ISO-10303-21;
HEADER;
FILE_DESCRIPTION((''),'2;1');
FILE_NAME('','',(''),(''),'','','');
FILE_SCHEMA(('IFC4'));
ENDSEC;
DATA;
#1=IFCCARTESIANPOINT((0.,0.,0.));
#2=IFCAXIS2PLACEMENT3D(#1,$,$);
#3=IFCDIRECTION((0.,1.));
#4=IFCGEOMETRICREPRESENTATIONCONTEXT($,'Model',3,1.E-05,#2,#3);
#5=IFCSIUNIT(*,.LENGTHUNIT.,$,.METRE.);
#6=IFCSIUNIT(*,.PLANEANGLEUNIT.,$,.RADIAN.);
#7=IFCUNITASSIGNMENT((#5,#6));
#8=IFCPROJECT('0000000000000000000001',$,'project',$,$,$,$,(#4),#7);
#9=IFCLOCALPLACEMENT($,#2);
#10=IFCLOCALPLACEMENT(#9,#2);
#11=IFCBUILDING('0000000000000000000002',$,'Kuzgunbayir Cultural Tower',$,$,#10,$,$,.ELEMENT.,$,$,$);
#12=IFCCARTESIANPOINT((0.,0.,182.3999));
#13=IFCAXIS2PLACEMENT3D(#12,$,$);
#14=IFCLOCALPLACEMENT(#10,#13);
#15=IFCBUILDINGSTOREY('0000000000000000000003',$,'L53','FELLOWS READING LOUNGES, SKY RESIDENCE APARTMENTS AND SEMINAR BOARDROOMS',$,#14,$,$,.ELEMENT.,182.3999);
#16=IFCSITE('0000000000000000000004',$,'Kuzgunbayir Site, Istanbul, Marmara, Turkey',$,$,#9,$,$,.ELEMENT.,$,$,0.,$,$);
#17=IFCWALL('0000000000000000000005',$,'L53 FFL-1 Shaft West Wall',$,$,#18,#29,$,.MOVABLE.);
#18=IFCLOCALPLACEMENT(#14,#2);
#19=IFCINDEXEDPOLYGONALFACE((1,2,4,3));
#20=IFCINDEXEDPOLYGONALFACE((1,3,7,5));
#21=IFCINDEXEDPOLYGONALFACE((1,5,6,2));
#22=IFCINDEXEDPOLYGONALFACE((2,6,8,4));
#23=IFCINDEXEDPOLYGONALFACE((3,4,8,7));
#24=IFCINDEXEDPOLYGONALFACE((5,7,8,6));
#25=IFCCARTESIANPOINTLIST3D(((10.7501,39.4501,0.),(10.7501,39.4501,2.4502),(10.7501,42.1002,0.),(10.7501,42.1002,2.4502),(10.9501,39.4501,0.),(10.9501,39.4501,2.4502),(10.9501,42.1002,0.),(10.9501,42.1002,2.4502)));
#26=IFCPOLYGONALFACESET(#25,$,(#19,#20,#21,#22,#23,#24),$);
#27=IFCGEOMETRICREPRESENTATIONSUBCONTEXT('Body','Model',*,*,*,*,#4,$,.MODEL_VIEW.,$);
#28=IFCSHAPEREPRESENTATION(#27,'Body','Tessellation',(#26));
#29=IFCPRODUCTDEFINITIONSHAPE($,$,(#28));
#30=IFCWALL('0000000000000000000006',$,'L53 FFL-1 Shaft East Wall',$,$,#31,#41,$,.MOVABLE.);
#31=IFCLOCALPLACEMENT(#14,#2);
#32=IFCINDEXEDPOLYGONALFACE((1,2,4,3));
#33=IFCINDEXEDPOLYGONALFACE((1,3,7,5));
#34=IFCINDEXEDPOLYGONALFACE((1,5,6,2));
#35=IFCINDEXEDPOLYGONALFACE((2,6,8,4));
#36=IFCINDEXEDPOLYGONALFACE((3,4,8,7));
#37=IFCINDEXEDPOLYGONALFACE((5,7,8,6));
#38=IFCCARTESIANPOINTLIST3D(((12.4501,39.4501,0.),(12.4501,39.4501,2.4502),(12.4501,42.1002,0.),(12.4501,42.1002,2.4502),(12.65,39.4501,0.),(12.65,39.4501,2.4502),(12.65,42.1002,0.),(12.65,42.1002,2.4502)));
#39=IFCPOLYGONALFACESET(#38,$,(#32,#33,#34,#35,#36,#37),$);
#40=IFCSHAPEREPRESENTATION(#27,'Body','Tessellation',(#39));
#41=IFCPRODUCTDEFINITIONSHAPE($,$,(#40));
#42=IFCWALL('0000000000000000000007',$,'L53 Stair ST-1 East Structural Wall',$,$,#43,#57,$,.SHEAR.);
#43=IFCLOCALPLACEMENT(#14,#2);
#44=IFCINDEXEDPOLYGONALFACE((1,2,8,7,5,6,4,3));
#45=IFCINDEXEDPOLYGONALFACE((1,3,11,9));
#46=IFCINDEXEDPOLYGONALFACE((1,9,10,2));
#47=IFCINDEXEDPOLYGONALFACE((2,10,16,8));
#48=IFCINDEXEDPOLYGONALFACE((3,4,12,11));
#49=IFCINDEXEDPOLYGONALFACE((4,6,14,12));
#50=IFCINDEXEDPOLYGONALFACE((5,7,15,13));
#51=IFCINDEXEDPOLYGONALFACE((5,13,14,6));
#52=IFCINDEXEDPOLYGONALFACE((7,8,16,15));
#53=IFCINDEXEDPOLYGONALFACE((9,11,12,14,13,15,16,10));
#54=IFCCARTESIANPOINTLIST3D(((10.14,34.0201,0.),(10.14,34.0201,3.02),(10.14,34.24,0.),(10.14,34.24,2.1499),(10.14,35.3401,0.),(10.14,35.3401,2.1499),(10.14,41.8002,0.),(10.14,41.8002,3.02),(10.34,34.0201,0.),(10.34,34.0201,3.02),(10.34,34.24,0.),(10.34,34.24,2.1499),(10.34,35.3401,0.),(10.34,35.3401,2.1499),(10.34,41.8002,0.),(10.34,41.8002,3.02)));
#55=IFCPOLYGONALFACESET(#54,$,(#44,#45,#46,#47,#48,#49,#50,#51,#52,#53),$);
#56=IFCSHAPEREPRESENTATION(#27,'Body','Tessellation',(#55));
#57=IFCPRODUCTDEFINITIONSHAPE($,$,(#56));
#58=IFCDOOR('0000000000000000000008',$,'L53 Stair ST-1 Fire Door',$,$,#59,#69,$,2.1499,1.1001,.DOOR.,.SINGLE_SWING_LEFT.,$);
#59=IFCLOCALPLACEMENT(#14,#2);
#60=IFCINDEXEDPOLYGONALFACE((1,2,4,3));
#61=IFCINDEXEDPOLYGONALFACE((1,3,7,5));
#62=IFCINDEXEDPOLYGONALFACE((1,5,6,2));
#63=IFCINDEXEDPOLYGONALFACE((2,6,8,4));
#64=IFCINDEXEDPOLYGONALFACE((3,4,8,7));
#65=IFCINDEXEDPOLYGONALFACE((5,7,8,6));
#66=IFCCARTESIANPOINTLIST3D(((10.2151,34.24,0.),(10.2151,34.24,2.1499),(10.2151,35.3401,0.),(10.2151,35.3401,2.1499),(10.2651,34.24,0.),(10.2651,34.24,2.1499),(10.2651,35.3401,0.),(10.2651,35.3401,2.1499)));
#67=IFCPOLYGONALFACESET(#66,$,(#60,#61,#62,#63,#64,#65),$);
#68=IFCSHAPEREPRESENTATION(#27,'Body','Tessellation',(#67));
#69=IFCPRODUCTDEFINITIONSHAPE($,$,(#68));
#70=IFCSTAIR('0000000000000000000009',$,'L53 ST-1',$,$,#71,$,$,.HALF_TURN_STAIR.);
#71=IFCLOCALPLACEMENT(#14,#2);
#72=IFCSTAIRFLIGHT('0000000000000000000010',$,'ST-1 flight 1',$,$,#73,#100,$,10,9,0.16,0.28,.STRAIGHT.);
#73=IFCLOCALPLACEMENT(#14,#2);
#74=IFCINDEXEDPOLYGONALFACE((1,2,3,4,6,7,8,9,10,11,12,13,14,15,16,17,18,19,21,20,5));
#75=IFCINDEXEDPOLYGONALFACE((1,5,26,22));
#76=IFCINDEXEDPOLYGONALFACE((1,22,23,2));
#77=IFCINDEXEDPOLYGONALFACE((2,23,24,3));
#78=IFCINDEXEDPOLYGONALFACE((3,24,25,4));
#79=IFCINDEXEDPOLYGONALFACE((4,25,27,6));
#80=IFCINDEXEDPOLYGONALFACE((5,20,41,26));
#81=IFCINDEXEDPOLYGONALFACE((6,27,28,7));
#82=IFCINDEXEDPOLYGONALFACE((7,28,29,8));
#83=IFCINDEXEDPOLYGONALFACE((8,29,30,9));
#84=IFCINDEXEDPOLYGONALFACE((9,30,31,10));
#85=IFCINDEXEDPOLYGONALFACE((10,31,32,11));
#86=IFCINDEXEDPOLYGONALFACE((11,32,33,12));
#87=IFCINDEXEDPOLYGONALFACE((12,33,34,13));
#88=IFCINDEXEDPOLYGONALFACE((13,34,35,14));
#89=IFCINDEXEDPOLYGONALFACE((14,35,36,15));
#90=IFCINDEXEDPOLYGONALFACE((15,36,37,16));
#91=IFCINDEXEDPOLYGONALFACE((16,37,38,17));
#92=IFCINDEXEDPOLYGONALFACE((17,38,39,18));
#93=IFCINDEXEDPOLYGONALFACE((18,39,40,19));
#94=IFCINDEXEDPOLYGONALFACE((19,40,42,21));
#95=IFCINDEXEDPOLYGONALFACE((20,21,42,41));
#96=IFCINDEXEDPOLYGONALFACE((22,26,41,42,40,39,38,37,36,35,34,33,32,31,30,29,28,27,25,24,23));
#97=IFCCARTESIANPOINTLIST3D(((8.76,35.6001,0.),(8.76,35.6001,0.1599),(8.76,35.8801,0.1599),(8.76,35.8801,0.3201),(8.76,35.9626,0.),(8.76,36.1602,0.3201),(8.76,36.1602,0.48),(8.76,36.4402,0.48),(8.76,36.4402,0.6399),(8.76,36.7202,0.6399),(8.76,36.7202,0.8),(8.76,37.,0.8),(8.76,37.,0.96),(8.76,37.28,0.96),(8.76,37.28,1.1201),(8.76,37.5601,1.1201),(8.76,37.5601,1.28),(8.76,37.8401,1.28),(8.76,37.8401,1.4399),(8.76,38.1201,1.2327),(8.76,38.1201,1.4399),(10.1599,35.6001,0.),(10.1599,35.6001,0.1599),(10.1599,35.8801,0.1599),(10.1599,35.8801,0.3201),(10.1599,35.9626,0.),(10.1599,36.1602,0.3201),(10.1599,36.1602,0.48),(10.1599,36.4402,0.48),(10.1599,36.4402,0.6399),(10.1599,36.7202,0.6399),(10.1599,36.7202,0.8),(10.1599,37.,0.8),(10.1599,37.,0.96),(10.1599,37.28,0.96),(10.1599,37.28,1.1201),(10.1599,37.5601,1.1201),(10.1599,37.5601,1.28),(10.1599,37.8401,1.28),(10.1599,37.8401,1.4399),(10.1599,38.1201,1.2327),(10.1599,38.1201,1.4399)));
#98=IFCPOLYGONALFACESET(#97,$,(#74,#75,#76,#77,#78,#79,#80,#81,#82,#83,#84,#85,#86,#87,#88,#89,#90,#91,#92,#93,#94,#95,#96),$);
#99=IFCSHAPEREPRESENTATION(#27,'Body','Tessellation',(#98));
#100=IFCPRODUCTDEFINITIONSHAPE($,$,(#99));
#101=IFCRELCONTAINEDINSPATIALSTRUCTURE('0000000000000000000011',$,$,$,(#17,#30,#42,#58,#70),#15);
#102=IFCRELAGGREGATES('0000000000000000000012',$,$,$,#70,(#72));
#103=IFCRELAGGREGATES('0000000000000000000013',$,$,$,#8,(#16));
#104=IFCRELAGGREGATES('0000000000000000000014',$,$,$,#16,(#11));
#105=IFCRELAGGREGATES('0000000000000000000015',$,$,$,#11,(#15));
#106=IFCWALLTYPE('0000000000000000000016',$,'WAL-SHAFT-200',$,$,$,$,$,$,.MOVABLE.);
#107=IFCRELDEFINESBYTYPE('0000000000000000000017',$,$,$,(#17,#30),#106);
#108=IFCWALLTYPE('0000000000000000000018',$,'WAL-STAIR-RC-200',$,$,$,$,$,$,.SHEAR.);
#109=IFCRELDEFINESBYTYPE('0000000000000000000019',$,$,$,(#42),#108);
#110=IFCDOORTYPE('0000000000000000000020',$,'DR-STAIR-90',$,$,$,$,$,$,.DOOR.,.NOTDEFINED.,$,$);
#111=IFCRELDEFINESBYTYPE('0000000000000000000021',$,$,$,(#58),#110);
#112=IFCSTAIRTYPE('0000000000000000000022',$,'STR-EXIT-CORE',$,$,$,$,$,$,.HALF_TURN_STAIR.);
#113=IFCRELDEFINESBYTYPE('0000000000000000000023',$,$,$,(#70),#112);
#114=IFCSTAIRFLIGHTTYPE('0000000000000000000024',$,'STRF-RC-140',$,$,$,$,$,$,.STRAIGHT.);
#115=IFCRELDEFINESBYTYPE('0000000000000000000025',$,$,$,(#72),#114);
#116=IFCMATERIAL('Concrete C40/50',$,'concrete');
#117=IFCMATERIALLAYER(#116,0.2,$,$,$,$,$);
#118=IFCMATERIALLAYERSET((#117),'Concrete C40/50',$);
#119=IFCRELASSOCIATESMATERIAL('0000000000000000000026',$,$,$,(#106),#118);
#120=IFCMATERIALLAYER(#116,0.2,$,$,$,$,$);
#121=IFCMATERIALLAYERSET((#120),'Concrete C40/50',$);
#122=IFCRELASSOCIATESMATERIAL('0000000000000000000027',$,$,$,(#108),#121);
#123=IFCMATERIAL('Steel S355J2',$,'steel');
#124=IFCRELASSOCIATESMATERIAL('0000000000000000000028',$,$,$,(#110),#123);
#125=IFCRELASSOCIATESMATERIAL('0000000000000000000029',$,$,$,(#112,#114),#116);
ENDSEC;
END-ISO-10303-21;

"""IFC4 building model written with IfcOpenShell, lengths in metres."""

from ifc_helpers import new_model, si_unit, direction, frame, frame_2d, origin, place, context, subcontext, project, spatial, polyline, rectangle, outline, extrude, material, layer, layer_set, type_object, element, fill, aggregate, save


model = new_model("IFC4")

# Units and contexts
model_context = context("Model", 3, precision=1e-05, world=origin(), true_north=direction((0.0, 1.0)))
body_context = subcontext(model_context, "Body", "Model", "MODEL_VIEW")
ifc_project = project(units=[si_unit("LENGTHUNIT", "METRE"), si_unit("PLANEANGLEUNIT", "RADIAN")], contexts=[model_context])

# Site, building, storey
site_placement = place(None, origin())
site = spatial("IfcSite", under=ifc_project, at=site_placement, Name="Kuzgunbayir Site, Istanbul, Marmara, Turkey", CompositionType="ELEMENT", RefElevation=0.0)
building_placement = place(site_placement, origin())
building = spatial("IfcBuilding", under=site, at=building_placement, Name="Kuzgunbayir Cultural Tower", CompositionType="ELEMENT")
storey_placement = place(building_placement, frame((0.0, 0.0, 182.3999)))
storey = spatial("IfcBuildingStorey", under=building, at=storey_placement, Name="L53", Description="FELLOWS READING LOUNGES, SKY RESIDENCE APARTMENTS AND SEMINAR BOARDROOMS", CompositionType="ELEMENT", Elevation=182.3999)

# Shared definitions
ifc_material_1 = material(Name="Steel S355J2", Category="steel")

# Shared definitions
ifc_material_2 = material(Name="Concrete C40/50", Category="concrete")
ifc_layer_1 = layer(ifc_material_2, 0.2)
ifc_layer_set_1 = layer_set([ifc_layer_1], Name="Concrete C40/50")
wall_type_1 = type_object("IfcWallType", Name="WAL-SHAFT-200", PredefinedType="MOVABLE", material=ifc_layer_set_1)

# Walls
for number, where, z_axis, x_axis, name in (
    (1, (10.8501, 39.45, 0.0), (0.0, 0.0, 1.0), (0.0, 1.0, 0.0), "L53 FFL-1 Shaft West Wall"),
    (2, (12.55, 39.45, 0.0), (0.0, 0.0, 1.0), (0.0, 1.0, 0.0), "L53 FFL-1 Shaft East Wall"),
):
    element("IfcWall", number, at=place(storey_placement, frame(where, z_axis=z_axis, x_axis=x_axis)), inside=storey, type_object=wall_type_1, Name=name, PredefinedType="MOVABLE", context=body_context, shape_type="SweptSolid", body=[
        extrude(rectangle(XDim=2.6501, YDim=0.2, at=frame_2d((1.3252, 0.0))), origin(), (0.0, 0.0, 1.0), 2.4502),
    ])

# Wall, opening, door
ifc_layer_2 = layer(ifc_material_2, 0.2)
ifc_layer_set_2 = layer_set([ifc_layer_2], Name="Concrete C40/50")
wall_type_2 = type_object("IfcWallType", Name="WAL-STAIR-RC-200", PredefinedType="SHEAR", material=ifc_layer_set_2)
wall_1_placement = place(storey_placement, frame((10.24, 34.02, 0.0), z_axis=(0.0, 0.0, 1.0), x_axis=(0.0, 1.0, 0.0)))
wall_1 = element("IfcWall", 3, at=wall_1_placement, inside=storey, type_object=wall_type_2, Name="L53 Stair ST-1 East Structural Wall", PredefinedType="SHEAR", context=body_context, shape_type="SweptSolid", body=[
    extrude(rectangle(XDim=7.78, YDim=0.2, at=frame_2d((3.8901, 0.0))), origin(), (0.0, 0.0, 1.0), 3.02),
])
opening_1_placement = place(wall_1_placement, frame((0.22, 0.0, 0.0)))
opening_1 = element("IfcOpeningElement", 4, at=opening_1_placement, cuts=wall_1, PredefinedType="OPENING", context=body_context, shape_type="SweptSolid", body=[
    extrude(rectangle(XDim=1.1001, YDim=2.1499, at=frame_2d((0.55, 1.075))), frame((0.0, 0.1099, 0.0), z_axis=(0.0, -1.0, 0.0), x_axis=(1.0, 0.0, 0.0)), (0.0, 0.0, 1.0), 0.22),
])
door_type_1 = type_object("IfcDoorType", Name="DR-STAIR-90", OperationType="NOTDEFINED", PredefinedType="DOOR", material=ifc_material_1)
door_1_placement = place(opening_1_placement, origin())
door_1 = element("IfcDoor", 5, at=door_1_placement, inside=storey, type_object=door_type_1, Name="L53 Stair ST-1 Fire Door", OperationType="SINGLE_SWING_LEFT", OverallHeight=2.1499, OverallWidth=1.1001, PredefinedType="DOOR", context=body_context, shape_type="SweptSolid", body=[
    extrude(rectangle(XDim=1.1001, YDim=2.1499, at=frame_2d((0.55, 1.075))), frame((0.0, 0.0249, 0.0), z_axis=(0.0, -1.0, 0.0), x_axis=(1.0, 0.0, 0.0)), (0.0, 0.0, 1.0), 0.05),
])
fill(opening_1, door_1)

# Stair, stair flight
stair_type = type_object("IfcStairType", Name="STR-EXIT-CORE", PredefinedType="HALF_TURN_STAIR", material=ifc_material_2)
stair_placement = place(storey_placement, origin())
stair = element("IfcStair", 6, at=stair_placement, inside=storey, type_object=stair_type, Name="L53 ST-1", PredefinedType="HALF_TURN_STAIR")
stair_flight_type = type_object("IfcStairFlightType", Name="STRF-RC-140", PredefinedType="STRAIGHT", material=ifc_material_2)
stair_flight_placement = place(storey_placement, frame((9.46, 35.6001, 0.0), z_axis=(0.0, 0.0, 1.0), x_axis=(0.0, 1.0, 0.0)))
stair_flight = element("IfcStairFlight", 7, at=stair_flight_placement, type_object=stair_flight_type, Name="ST-1 flight 1", NumberOfRisers=10, NumberOfTreads=9, PredefinedType="STRAIGHT", RiserHeight=0.16, TreadLength=0.28, context=body_context, shape_type="SweptSolid", body=[
    extrude(outline(polyline([(0.0, 0.0), (0.0, 0.1599), (0.28, 0.1599), (0.28, 0.3201), (0.5601, 0.3201), (0.5601, 0.48), (0.8401, 0.48), (0.8401, 0.6399), (1.1201, 0.6399), (1.1201, 0.8), (1.3999, 0.8), (1.3999, 0.96), (1.6799, 0.96), (1.6799, 1.1201), (1.96, 1.1201), (1.96, 1.28), (2.24, 1.28), (2.24, 1.4399), (2.52, 1.4399), (2.52, 1.6001), (2.52, 1.2327), (0.3625, 0.0), (0.0, 0.0)])), frame((0.0, 0.7, 0.0), z_axis=(0.0, -1.0, 0.0), x_axis=(1.0, 0.0, 0.0)), (0.0, 0.0, 1.0), 1.3999),
])
aggregate(stair, [stair_flight])

save(model, "model.ifc")
